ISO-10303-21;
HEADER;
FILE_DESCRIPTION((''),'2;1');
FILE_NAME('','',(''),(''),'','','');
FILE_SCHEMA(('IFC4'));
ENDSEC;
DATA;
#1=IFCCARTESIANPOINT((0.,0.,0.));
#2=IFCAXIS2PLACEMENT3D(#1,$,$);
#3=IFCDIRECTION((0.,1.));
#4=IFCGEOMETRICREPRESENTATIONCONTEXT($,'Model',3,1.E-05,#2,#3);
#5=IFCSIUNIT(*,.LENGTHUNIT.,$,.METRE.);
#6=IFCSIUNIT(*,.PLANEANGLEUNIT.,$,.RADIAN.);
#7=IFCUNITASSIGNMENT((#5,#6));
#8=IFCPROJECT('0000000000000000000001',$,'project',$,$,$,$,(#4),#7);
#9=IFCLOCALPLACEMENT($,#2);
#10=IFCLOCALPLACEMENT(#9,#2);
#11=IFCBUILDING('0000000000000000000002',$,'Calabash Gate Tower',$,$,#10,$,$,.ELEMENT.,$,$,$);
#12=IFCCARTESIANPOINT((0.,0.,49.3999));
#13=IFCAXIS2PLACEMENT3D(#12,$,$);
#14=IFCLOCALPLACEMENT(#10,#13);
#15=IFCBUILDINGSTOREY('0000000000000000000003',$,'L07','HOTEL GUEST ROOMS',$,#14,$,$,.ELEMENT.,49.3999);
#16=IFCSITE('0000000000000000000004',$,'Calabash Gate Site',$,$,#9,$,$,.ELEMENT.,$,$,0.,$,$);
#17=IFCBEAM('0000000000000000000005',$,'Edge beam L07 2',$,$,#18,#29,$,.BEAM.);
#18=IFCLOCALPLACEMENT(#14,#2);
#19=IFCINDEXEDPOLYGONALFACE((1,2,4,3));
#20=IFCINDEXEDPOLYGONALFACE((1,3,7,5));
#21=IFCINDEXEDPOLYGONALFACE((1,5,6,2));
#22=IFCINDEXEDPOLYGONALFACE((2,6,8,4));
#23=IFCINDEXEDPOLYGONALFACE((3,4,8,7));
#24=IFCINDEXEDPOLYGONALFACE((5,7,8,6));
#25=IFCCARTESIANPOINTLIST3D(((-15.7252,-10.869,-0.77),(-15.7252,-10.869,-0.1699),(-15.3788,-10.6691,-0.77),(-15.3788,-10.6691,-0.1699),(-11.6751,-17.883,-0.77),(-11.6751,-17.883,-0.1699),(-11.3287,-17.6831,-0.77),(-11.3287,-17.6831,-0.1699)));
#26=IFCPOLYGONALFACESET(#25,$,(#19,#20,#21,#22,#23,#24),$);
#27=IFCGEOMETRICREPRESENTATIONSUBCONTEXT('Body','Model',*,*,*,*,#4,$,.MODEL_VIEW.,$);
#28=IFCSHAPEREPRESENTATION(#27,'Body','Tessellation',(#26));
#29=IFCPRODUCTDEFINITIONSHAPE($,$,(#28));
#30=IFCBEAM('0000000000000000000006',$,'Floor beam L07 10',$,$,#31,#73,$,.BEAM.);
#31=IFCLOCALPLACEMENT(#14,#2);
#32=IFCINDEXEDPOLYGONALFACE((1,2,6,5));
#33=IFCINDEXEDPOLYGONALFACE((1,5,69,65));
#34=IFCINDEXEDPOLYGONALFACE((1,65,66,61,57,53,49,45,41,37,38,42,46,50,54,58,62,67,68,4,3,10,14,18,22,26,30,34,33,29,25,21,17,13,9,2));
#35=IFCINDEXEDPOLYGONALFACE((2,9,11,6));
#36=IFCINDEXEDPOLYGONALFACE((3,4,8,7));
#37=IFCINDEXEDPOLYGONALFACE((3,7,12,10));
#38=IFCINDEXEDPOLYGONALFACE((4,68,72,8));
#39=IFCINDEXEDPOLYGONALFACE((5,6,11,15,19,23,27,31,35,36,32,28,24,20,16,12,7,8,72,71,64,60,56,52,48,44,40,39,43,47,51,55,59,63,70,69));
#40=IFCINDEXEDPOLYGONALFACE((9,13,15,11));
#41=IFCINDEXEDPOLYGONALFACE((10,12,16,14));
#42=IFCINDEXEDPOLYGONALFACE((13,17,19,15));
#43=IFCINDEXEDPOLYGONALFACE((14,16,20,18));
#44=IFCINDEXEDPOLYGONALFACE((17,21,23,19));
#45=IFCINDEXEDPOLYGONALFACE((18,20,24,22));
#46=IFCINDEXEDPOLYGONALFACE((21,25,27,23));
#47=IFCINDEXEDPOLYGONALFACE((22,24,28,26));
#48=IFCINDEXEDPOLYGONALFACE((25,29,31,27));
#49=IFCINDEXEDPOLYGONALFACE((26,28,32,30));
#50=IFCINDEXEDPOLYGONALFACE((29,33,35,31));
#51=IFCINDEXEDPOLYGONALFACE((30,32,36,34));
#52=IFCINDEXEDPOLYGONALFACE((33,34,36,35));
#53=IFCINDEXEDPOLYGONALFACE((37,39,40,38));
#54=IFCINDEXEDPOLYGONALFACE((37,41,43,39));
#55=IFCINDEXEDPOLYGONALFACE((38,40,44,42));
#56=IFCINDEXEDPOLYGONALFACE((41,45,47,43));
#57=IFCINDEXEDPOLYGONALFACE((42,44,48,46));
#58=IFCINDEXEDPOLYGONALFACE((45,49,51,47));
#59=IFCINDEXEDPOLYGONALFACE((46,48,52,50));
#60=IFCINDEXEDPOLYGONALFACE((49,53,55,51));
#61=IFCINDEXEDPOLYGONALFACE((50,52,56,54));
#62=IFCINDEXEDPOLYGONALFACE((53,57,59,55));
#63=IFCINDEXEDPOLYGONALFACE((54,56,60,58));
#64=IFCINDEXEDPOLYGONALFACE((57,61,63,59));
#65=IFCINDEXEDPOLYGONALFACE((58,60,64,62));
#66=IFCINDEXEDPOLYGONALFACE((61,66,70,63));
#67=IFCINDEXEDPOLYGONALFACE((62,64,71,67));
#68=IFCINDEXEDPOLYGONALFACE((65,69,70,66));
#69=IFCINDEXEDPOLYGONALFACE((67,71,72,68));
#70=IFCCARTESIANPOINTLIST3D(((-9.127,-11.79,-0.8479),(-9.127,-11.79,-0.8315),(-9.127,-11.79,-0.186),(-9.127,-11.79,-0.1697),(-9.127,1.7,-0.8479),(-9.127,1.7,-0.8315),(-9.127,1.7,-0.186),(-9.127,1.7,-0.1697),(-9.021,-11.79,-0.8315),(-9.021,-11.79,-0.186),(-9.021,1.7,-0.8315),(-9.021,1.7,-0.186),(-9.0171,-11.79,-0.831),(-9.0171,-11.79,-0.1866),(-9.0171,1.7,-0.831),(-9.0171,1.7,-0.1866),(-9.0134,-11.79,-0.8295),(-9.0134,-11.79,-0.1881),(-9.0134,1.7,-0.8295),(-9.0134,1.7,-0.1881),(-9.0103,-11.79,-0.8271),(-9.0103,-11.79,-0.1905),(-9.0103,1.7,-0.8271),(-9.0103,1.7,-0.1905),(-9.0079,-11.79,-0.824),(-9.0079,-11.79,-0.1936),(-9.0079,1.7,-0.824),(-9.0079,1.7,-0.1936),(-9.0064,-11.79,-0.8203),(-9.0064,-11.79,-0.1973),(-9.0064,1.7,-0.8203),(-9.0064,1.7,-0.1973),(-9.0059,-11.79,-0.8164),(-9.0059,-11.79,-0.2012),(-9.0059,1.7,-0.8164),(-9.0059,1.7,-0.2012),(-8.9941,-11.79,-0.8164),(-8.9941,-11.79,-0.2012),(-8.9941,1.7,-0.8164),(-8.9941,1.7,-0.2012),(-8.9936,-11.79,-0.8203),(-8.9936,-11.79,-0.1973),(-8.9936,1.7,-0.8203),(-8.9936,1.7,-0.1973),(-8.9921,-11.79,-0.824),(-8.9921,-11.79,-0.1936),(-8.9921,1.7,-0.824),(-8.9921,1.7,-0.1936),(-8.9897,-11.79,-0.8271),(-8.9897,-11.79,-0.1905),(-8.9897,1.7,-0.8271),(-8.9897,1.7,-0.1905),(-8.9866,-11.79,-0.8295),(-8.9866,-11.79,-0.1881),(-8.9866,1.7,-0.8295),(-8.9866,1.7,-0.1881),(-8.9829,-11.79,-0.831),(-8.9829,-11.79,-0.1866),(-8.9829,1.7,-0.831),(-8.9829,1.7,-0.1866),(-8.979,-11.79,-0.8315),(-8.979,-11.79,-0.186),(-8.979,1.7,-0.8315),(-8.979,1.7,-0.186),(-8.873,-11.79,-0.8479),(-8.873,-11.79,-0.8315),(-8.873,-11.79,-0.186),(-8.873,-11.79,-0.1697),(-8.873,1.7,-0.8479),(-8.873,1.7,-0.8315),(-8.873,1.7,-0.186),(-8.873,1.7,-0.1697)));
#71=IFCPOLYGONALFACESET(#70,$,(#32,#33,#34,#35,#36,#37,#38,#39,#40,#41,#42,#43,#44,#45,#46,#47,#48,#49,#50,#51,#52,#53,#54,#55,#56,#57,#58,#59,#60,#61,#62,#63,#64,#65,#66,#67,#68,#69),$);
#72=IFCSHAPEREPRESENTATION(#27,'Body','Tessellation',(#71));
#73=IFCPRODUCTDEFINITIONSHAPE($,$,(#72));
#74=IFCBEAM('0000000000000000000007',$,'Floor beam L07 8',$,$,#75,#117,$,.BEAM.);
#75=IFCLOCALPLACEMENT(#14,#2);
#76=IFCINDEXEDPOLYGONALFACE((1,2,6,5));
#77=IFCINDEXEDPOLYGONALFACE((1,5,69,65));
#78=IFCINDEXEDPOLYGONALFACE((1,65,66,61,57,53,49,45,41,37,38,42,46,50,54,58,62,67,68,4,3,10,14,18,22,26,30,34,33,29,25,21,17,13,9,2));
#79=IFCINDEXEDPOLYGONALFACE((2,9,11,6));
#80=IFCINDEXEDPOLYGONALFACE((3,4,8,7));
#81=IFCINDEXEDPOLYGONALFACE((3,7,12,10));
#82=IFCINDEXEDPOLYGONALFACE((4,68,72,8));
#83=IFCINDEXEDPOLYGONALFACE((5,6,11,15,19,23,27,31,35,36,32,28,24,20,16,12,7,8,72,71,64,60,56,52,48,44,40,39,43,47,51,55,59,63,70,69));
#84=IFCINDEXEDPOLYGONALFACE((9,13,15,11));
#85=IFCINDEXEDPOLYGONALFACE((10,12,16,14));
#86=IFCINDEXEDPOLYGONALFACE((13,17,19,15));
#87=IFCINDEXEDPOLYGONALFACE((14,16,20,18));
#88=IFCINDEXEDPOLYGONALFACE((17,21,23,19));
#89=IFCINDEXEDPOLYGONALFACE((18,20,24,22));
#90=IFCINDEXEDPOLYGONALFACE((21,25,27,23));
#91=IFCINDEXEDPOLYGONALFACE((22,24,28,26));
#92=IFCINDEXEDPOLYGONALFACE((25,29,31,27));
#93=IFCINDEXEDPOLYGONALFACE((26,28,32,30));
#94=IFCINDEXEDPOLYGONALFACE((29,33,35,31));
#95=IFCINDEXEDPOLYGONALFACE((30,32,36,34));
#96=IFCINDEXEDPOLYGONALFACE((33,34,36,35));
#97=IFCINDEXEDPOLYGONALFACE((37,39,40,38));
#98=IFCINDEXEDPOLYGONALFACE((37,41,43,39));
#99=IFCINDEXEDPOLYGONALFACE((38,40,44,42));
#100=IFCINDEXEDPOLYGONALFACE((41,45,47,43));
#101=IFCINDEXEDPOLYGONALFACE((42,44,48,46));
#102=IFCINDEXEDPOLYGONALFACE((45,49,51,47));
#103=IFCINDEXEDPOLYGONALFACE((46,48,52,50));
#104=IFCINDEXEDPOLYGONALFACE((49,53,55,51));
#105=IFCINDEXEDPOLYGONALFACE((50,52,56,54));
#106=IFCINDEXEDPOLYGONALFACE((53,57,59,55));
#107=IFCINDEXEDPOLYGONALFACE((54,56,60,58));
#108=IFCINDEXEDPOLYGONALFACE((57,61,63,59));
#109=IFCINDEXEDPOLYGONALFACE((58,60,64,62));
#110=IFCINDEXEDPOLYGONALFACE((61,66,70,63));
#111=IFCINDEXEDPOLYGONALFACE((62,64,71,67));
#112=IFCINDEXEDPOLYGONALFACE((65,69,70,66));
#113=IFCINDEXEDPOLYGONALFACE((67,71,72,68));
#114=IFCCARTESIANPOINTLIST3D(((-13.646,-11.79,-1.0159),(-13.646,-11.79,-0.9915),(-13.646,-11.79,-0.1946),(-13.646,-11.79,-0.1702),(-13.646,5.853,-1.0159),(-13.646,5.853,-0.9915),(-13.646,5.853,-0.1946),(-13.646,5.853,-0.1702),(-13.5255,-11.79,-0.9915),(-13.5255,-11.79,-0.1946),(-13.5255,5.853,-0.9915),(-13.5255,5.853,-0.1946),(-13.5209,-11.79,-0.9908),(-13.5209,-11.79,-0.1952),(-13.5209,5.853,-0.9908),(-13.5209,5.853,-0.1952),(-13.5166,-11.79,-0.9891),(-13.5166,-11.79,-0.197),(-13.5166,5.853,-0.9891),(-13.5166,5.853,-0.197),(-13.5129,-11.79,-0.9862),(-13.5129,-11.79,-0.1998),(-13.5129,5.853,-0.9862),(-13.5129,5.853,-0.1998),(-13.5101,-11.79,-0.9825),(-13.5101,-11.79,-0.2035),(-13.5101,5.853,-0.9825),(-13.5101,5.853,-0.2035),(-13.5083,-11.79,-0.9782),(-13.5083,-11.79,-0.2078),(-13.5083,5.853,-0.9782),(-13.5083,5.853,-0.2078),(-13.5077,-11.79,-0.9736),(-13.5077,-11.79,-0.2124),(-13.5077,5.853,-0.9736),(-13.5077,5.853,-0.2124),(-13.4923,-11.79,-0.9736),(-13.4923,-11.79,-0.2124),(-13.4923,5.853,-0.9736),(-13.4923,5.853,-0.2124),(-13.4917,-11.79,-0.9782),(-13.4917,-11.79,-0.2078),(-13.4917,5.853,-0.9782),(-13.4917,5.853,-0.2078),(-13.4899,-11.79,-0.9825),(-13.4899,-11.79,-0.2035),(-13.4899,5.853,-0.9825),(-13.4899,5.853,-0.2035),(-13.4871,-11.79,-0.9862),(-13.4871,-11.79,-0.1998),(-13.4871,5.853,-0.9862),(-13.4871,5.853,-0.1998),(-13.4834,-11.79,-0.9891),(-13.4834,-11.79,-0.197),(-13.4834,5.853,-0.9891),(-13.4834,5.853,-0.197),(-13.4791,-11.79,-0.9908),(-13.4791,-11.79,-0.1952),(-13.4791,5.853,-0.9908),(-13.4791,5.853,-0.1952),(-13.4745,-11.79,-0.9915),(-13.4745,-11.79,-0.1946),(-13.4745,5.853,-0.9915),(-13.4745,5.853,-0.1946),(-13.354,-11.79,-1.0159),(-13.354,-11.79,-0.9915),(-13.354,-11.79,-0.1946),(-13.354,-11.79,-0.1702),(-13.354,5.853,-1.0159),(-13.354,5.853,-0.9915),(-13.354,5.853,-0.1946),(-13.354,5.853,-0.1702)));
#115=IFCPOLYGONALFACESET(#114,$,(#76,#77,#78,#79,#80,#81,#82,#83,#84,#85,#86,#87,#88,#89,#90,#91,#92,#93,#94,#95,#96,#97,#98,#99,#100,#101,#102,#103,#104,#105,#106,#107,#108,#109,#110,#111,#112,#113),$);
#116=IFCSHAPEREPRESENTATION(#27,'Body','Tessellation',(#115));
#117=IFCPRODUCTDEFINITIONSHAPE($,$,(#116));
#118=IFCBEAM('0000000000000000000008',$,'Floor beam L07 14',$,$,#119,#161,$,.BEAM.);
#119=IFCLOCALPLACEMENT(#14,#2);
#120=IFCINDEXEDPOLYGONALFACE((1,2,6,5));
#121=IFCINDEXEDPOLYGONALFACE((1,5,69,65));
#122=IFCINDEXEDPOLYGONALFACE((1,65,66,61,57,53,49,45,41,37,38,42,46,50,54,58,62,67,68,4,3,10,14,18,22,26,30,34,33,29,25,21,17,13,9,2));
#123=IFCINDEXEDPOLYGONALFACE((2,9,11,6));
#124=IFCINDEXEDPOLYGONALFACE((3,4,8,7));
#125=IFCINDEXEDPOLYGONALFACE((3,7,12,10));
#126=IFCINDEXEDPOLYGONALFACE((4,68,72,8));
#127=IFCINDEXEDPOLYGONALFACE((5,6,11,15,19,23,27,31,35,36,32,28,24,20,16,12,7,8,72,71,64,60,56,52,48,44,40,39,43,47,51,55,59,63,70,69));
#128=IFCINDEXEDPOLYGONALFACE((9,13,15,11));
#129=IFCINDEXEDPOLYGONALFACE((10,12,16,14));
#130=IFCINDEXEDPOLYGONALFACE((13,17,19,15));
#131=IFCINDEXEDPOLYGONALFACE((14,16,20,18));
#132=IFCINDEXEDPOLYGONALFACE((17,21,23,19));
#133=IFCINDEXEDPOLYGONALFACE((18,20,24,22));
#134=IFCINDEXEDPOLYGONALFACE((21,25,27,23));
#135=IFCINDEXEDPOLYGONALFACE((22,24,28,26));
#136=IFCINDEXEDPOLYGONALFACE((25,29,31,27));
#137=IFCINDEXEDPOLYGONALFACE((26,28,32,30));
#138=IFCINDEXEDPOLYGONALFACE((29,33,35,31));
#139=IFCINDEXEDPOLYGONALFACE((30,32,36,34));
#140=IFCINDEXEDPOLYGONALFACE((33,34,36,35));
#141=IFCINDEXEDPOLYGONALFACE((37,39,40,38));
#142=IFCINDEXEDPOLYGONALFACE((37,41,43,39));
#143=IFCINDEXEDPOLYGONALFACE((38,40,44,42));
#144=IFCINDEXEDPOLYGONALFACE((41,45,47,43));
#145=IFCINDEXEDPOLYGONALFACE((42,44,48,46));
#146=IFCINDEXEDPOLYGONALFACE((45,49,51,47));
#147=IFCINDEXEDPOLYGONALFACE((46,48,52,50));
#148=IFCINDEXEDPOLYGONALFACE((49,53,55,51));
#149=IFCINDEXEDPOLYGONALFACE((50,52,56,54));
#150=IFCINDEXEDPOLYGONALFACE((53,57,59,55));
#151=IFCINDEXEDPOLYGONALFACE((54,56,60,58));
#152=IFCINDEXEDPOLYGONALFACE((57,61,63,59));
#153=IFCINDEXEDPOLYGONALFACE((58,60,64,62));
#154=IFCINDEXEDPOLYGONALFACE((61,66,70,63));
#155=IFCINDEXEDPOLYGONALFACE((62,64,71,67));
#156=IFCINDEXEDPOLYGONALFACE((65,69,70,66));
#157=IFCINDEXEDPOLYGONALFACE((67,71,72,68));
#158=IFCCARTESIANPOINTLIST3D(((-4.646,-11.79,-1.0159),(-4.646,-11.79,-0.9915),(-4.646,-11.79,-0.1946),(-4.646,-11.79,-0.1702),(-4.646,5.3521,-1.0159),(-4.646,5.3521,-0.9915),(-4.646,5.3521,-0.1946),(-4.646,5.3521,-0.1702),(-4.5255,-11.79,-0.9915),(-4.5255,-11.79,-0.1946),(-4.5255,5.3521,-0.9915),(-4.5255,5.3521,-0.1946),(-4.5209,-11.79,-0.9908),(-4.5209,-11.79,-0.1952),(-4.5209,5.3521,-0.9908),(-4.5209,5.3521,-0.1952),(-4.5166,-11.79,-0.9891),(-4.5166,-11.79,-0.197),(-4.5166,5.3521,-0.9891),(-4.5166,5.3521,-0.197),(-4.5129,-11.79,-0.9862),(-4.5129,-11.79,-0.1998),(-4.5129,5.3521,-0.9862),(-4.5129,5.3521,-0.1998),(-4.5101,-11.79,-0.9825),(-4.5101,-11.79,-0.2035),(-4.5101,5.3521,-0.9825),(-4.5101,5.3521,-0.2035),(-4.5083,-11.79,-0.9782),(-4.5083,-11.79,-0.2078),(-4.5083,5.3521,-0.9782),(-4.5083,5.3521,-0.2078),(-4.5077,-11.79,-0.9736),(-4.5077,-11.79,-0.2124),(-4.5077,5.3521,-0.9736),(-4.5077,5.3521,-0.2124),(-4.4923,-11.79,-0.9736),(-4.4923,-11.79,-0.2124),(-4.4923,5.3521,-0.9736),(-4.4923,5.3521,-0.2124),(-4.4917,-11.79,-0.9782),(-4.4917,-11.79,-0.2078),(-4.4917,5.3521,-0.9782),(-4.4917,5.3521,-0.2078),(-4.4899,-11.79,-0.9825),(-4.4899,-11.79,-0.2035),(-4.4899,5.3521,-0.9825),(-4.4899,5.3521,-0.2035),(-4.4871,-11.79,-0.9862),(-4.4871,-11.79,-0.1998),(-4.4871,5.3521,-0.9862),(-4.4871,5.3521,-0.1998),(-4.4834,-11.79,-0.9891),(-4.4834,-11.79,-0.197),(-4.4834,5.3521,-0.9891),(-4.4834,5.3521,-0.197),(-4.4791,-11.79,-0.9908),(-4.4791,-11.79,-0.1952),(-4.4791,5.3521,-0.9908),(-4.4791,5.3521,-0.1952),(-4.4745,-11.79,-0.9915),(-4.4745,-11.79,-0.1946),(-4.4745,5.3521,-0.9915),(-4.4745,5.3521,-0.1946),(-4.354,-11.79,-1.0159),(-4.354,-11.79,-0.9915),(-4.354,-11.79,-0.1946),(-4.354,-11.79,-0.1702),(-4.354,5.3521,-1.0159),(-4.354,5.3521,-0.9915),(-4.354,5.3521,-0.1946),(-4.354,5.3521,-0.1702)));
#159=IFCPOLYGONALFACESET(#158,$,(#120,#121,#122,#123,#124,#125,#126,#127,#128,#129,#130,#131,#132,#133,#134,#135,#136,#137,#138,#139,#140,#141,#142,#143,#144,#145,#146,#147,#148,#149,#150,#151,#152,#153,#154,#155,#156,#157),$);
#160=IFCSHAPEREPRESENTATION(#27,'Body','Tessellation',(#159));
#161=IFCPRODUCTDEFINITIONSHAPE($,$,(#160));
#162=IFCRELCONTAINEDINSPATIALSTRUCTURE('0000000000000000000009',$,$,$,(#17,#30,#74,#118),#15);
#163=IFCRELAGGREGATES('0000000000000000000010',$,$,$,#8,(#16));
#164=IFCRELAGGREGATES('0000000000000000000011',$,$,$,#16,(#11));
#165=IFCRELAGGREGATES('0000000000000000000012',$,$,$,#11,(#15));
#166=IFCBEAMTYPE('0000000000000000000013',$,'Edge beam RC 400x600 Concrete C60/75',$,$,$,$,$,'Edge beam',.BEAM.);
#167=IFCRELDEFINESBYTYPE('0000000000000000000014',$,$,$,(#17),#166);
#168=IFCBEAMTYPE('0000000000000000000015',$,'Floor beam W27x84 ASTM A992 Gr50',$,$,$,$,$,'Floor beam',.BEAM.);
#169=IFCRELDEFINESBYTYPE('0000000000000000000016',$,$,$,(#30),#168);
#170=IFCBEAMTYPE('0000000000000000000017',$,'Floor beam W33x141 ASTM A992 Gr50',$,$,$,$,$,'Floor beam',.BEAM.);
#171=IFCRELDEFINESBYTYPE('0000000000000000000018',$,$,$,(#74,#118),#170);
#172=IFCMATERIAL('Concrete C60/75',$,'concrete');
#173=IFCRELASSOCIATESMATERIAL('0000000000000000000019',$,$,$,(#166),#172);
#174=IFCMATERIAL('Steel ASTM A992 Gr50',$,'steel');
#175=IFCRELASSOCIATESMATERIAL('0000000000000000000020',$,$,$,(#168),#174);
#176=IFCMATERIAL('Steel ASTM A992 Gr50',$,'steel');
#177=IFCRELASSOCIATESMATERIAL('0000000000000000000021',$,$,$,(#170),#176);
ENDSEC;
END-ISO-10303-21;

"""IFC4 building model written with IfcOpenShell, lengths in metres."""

from ifc_helpers import new_model, si_unit, direction, frame, origin, origin_2d, place, context, subcontext, project, spatial, rectangle, i_section, extrude, material, material_profile, profile_set, type_object, element, save


model = new_model("IFC4")

# Units and contexts
model_context = context("Model", 3, precision=1e-05, world=origin(), true_north=direction((0.0, 1.0)))
body_context = subcontext(model_context, "Body", "Model", "MODEL_VIEW")
ifc_project = project(units=[si_unit("LENGTHUNIT", "METRE"), si_unit("PLANEANGLEUNIT", "RADIAN")], contexts=[model_context])

# Site, building, storey
site_placement = place(None, origin())
site = spatial("IfcSite", under=ifc_project, at=site_placement, Name="Calabash Gate Site", CompositionType="ELEMENT", RefElevation=0.0)
building_placement = place(site_placement, origin())
building = spatial("IfcBuilding", under=site, at=building_placement, Name="Calabash Gate Tower", CompositionType="ELEMENT")
storey_placement = place(building_placement, frame((0.0, 0.0, 49.3999)))
storey = spatial("IfcBuildingStorey", under=building, at=storey_placement, Name="L07", Description="HOTEL GUEST ROOMS", CompositionType="ELEMENT", Elevation=49.3999)

# Beams
ifc_material_1 = material(Name="Concrete C60/75", Category="concrete")
ifc_material_profile_1 = material_profile(ifc_material_1, rectangle(XDim=0.3999, YDim=0.6001, at=origin_2d()))
ifc_profile_set_1 = profile_set([ifc_material_profile_1], Name="Concrete C60/75")
beam_type_1 = type_object("IfcBeamType", Name="Edge beam RC 400x600 Concrete C60/75", ElementType="Edge beam", PredefinedType="BEAM", material=ifc_profile_set_1)
beam_1_placement = place(storey_placement, frame((-15.552, -10.769, -0.47), z_axis=(0.500052, -0.865995, 0.0), x_axis=(0.865995, 0.500052, 0.0)))
element("IfcBeam", 1, at=beam_1_placement, inside=storey, type_object=beam_type_1, Name="Edge beam L07 2", PredefinedType="BEAM", context=body_context, shape_type="SweptSolid", body=[
    extrude(rectangle(XDim=0.3999, YDim=0.6001, at=origin_2d()), origin(), (0.0, 0.0, 1.0), 8.0994),
])
ifc_material_2 = material(Name="Steel ASTM A992 Gr50", Category="steel")
ifc_material_profile_2 = material_profile(ifc_material_2, i_section(OverallWidth=0.2539, OverallDepth=0.6782, WebThickness=0.0117, FlangeThickness=0.0164, FilletRadius=0.0151, at=origin_2d()))
ifc_profile_set_2 = profile_set([ifc_material_profile_2], Name="Steel ASTM A992 Gr50")
beam_type_2 = type_object("IfcBeamType", Name="Floor beam W27x84 ASTM A992 Gr50", ElementType="Floor beam", PredefinedType="BEAM", material=ifc_profile_set_2)
beam_2_placement = place(storey_placement, frame((-9.0, -11.79, -0.5088), z_axis=(0.0, 1.0, 0.0), x_axis=(-1.0, 0.0, 0.0)))
element("IfcBeam", 2, at=beam_2_placement, inside=storey, type_object=beam_type_2, Name="Floor beam L07 10", PredefinedType="BEAM", context=body_context, shape_type="SweptSolid", body=[
    extrude(i_section(OverallWidth=0.2539, OverallDepth=0.6782, WebThickness=0.0117, FlangeThickness=0.0164, FilletRadius=0.0151, at=origin_2d()), origin(), (0.0, 0.0, 1.0), 13.49),
])
ifc_material_3 = material(Name="Steel ASTM A992 Gr50", Category="steel")
ifc_material_profile_3 = material_profile(ifc_material_3, i_section(OverallWidth=0.292, OverallDepth=0.8457, WebThickness=0.0154, FlangeThickness=0.0244, FilletRadius=0.0178, at=origin_2d()))
ifc_profile_set_3 = profile_set([ifc_material_profile_3], Name="Steel ASTM A992 Gr50")
beam_type_3 = type_object("IfcBeamType", Name="Floor beam W33x141 ASTM A992 Gr50", ElementType="Floor beam", PredefinedType="BEAM", material=ifc_profile_set_3)
beam_3_placement = place(storey_placement, frame((-13.5, -11.79, -0.593), z_axis=(0.0, 1.0, 0.0), x_axis=(-1.0, 0.0, 0.0)))
element("IfcBeam", 3, at=beam_3_placement, inside=storey, type_object=beam_type_3, Name="Floor beam L07 8", PredefinedType="BEAM", context=body_context, shape_type="SweptSolid", body=[
    extrude(i_section(OverallWidth=0.292, OverallDepth=0.8457, WebThickness=0.0154, FlangeThickness=0.0244, FilletRadius=0.0178, at=origin_2d()), origin(), (0.0, 0.0, 1.0), 17.6431),
])
beam_4_placement = place(storey_placement, frame((-4.5, -11.79, -0.593), z_axis=(0.0, 1.0, 0.0), x_axis=(-1.0, 0.0, 0.0)))
element("IfcBeam", 4, at=beam_4_placement, inside=storey, type_object=beam_type_3, Name="Floor beam L07 14", PredefinedType="BEAM", context=body_context, shape_type="SweptSolid", body=[
    extrude(i_section(OverallWidth=0.292, OverallDepth=0.8457, WebThickness=0.0154, FlangeThickness=0.0244, FilletRadius=0.0178, at=origin_2d()), origin(), (0.0, 0.0, 1.0), 17.1421),
])

save(model, "model.ifc")
